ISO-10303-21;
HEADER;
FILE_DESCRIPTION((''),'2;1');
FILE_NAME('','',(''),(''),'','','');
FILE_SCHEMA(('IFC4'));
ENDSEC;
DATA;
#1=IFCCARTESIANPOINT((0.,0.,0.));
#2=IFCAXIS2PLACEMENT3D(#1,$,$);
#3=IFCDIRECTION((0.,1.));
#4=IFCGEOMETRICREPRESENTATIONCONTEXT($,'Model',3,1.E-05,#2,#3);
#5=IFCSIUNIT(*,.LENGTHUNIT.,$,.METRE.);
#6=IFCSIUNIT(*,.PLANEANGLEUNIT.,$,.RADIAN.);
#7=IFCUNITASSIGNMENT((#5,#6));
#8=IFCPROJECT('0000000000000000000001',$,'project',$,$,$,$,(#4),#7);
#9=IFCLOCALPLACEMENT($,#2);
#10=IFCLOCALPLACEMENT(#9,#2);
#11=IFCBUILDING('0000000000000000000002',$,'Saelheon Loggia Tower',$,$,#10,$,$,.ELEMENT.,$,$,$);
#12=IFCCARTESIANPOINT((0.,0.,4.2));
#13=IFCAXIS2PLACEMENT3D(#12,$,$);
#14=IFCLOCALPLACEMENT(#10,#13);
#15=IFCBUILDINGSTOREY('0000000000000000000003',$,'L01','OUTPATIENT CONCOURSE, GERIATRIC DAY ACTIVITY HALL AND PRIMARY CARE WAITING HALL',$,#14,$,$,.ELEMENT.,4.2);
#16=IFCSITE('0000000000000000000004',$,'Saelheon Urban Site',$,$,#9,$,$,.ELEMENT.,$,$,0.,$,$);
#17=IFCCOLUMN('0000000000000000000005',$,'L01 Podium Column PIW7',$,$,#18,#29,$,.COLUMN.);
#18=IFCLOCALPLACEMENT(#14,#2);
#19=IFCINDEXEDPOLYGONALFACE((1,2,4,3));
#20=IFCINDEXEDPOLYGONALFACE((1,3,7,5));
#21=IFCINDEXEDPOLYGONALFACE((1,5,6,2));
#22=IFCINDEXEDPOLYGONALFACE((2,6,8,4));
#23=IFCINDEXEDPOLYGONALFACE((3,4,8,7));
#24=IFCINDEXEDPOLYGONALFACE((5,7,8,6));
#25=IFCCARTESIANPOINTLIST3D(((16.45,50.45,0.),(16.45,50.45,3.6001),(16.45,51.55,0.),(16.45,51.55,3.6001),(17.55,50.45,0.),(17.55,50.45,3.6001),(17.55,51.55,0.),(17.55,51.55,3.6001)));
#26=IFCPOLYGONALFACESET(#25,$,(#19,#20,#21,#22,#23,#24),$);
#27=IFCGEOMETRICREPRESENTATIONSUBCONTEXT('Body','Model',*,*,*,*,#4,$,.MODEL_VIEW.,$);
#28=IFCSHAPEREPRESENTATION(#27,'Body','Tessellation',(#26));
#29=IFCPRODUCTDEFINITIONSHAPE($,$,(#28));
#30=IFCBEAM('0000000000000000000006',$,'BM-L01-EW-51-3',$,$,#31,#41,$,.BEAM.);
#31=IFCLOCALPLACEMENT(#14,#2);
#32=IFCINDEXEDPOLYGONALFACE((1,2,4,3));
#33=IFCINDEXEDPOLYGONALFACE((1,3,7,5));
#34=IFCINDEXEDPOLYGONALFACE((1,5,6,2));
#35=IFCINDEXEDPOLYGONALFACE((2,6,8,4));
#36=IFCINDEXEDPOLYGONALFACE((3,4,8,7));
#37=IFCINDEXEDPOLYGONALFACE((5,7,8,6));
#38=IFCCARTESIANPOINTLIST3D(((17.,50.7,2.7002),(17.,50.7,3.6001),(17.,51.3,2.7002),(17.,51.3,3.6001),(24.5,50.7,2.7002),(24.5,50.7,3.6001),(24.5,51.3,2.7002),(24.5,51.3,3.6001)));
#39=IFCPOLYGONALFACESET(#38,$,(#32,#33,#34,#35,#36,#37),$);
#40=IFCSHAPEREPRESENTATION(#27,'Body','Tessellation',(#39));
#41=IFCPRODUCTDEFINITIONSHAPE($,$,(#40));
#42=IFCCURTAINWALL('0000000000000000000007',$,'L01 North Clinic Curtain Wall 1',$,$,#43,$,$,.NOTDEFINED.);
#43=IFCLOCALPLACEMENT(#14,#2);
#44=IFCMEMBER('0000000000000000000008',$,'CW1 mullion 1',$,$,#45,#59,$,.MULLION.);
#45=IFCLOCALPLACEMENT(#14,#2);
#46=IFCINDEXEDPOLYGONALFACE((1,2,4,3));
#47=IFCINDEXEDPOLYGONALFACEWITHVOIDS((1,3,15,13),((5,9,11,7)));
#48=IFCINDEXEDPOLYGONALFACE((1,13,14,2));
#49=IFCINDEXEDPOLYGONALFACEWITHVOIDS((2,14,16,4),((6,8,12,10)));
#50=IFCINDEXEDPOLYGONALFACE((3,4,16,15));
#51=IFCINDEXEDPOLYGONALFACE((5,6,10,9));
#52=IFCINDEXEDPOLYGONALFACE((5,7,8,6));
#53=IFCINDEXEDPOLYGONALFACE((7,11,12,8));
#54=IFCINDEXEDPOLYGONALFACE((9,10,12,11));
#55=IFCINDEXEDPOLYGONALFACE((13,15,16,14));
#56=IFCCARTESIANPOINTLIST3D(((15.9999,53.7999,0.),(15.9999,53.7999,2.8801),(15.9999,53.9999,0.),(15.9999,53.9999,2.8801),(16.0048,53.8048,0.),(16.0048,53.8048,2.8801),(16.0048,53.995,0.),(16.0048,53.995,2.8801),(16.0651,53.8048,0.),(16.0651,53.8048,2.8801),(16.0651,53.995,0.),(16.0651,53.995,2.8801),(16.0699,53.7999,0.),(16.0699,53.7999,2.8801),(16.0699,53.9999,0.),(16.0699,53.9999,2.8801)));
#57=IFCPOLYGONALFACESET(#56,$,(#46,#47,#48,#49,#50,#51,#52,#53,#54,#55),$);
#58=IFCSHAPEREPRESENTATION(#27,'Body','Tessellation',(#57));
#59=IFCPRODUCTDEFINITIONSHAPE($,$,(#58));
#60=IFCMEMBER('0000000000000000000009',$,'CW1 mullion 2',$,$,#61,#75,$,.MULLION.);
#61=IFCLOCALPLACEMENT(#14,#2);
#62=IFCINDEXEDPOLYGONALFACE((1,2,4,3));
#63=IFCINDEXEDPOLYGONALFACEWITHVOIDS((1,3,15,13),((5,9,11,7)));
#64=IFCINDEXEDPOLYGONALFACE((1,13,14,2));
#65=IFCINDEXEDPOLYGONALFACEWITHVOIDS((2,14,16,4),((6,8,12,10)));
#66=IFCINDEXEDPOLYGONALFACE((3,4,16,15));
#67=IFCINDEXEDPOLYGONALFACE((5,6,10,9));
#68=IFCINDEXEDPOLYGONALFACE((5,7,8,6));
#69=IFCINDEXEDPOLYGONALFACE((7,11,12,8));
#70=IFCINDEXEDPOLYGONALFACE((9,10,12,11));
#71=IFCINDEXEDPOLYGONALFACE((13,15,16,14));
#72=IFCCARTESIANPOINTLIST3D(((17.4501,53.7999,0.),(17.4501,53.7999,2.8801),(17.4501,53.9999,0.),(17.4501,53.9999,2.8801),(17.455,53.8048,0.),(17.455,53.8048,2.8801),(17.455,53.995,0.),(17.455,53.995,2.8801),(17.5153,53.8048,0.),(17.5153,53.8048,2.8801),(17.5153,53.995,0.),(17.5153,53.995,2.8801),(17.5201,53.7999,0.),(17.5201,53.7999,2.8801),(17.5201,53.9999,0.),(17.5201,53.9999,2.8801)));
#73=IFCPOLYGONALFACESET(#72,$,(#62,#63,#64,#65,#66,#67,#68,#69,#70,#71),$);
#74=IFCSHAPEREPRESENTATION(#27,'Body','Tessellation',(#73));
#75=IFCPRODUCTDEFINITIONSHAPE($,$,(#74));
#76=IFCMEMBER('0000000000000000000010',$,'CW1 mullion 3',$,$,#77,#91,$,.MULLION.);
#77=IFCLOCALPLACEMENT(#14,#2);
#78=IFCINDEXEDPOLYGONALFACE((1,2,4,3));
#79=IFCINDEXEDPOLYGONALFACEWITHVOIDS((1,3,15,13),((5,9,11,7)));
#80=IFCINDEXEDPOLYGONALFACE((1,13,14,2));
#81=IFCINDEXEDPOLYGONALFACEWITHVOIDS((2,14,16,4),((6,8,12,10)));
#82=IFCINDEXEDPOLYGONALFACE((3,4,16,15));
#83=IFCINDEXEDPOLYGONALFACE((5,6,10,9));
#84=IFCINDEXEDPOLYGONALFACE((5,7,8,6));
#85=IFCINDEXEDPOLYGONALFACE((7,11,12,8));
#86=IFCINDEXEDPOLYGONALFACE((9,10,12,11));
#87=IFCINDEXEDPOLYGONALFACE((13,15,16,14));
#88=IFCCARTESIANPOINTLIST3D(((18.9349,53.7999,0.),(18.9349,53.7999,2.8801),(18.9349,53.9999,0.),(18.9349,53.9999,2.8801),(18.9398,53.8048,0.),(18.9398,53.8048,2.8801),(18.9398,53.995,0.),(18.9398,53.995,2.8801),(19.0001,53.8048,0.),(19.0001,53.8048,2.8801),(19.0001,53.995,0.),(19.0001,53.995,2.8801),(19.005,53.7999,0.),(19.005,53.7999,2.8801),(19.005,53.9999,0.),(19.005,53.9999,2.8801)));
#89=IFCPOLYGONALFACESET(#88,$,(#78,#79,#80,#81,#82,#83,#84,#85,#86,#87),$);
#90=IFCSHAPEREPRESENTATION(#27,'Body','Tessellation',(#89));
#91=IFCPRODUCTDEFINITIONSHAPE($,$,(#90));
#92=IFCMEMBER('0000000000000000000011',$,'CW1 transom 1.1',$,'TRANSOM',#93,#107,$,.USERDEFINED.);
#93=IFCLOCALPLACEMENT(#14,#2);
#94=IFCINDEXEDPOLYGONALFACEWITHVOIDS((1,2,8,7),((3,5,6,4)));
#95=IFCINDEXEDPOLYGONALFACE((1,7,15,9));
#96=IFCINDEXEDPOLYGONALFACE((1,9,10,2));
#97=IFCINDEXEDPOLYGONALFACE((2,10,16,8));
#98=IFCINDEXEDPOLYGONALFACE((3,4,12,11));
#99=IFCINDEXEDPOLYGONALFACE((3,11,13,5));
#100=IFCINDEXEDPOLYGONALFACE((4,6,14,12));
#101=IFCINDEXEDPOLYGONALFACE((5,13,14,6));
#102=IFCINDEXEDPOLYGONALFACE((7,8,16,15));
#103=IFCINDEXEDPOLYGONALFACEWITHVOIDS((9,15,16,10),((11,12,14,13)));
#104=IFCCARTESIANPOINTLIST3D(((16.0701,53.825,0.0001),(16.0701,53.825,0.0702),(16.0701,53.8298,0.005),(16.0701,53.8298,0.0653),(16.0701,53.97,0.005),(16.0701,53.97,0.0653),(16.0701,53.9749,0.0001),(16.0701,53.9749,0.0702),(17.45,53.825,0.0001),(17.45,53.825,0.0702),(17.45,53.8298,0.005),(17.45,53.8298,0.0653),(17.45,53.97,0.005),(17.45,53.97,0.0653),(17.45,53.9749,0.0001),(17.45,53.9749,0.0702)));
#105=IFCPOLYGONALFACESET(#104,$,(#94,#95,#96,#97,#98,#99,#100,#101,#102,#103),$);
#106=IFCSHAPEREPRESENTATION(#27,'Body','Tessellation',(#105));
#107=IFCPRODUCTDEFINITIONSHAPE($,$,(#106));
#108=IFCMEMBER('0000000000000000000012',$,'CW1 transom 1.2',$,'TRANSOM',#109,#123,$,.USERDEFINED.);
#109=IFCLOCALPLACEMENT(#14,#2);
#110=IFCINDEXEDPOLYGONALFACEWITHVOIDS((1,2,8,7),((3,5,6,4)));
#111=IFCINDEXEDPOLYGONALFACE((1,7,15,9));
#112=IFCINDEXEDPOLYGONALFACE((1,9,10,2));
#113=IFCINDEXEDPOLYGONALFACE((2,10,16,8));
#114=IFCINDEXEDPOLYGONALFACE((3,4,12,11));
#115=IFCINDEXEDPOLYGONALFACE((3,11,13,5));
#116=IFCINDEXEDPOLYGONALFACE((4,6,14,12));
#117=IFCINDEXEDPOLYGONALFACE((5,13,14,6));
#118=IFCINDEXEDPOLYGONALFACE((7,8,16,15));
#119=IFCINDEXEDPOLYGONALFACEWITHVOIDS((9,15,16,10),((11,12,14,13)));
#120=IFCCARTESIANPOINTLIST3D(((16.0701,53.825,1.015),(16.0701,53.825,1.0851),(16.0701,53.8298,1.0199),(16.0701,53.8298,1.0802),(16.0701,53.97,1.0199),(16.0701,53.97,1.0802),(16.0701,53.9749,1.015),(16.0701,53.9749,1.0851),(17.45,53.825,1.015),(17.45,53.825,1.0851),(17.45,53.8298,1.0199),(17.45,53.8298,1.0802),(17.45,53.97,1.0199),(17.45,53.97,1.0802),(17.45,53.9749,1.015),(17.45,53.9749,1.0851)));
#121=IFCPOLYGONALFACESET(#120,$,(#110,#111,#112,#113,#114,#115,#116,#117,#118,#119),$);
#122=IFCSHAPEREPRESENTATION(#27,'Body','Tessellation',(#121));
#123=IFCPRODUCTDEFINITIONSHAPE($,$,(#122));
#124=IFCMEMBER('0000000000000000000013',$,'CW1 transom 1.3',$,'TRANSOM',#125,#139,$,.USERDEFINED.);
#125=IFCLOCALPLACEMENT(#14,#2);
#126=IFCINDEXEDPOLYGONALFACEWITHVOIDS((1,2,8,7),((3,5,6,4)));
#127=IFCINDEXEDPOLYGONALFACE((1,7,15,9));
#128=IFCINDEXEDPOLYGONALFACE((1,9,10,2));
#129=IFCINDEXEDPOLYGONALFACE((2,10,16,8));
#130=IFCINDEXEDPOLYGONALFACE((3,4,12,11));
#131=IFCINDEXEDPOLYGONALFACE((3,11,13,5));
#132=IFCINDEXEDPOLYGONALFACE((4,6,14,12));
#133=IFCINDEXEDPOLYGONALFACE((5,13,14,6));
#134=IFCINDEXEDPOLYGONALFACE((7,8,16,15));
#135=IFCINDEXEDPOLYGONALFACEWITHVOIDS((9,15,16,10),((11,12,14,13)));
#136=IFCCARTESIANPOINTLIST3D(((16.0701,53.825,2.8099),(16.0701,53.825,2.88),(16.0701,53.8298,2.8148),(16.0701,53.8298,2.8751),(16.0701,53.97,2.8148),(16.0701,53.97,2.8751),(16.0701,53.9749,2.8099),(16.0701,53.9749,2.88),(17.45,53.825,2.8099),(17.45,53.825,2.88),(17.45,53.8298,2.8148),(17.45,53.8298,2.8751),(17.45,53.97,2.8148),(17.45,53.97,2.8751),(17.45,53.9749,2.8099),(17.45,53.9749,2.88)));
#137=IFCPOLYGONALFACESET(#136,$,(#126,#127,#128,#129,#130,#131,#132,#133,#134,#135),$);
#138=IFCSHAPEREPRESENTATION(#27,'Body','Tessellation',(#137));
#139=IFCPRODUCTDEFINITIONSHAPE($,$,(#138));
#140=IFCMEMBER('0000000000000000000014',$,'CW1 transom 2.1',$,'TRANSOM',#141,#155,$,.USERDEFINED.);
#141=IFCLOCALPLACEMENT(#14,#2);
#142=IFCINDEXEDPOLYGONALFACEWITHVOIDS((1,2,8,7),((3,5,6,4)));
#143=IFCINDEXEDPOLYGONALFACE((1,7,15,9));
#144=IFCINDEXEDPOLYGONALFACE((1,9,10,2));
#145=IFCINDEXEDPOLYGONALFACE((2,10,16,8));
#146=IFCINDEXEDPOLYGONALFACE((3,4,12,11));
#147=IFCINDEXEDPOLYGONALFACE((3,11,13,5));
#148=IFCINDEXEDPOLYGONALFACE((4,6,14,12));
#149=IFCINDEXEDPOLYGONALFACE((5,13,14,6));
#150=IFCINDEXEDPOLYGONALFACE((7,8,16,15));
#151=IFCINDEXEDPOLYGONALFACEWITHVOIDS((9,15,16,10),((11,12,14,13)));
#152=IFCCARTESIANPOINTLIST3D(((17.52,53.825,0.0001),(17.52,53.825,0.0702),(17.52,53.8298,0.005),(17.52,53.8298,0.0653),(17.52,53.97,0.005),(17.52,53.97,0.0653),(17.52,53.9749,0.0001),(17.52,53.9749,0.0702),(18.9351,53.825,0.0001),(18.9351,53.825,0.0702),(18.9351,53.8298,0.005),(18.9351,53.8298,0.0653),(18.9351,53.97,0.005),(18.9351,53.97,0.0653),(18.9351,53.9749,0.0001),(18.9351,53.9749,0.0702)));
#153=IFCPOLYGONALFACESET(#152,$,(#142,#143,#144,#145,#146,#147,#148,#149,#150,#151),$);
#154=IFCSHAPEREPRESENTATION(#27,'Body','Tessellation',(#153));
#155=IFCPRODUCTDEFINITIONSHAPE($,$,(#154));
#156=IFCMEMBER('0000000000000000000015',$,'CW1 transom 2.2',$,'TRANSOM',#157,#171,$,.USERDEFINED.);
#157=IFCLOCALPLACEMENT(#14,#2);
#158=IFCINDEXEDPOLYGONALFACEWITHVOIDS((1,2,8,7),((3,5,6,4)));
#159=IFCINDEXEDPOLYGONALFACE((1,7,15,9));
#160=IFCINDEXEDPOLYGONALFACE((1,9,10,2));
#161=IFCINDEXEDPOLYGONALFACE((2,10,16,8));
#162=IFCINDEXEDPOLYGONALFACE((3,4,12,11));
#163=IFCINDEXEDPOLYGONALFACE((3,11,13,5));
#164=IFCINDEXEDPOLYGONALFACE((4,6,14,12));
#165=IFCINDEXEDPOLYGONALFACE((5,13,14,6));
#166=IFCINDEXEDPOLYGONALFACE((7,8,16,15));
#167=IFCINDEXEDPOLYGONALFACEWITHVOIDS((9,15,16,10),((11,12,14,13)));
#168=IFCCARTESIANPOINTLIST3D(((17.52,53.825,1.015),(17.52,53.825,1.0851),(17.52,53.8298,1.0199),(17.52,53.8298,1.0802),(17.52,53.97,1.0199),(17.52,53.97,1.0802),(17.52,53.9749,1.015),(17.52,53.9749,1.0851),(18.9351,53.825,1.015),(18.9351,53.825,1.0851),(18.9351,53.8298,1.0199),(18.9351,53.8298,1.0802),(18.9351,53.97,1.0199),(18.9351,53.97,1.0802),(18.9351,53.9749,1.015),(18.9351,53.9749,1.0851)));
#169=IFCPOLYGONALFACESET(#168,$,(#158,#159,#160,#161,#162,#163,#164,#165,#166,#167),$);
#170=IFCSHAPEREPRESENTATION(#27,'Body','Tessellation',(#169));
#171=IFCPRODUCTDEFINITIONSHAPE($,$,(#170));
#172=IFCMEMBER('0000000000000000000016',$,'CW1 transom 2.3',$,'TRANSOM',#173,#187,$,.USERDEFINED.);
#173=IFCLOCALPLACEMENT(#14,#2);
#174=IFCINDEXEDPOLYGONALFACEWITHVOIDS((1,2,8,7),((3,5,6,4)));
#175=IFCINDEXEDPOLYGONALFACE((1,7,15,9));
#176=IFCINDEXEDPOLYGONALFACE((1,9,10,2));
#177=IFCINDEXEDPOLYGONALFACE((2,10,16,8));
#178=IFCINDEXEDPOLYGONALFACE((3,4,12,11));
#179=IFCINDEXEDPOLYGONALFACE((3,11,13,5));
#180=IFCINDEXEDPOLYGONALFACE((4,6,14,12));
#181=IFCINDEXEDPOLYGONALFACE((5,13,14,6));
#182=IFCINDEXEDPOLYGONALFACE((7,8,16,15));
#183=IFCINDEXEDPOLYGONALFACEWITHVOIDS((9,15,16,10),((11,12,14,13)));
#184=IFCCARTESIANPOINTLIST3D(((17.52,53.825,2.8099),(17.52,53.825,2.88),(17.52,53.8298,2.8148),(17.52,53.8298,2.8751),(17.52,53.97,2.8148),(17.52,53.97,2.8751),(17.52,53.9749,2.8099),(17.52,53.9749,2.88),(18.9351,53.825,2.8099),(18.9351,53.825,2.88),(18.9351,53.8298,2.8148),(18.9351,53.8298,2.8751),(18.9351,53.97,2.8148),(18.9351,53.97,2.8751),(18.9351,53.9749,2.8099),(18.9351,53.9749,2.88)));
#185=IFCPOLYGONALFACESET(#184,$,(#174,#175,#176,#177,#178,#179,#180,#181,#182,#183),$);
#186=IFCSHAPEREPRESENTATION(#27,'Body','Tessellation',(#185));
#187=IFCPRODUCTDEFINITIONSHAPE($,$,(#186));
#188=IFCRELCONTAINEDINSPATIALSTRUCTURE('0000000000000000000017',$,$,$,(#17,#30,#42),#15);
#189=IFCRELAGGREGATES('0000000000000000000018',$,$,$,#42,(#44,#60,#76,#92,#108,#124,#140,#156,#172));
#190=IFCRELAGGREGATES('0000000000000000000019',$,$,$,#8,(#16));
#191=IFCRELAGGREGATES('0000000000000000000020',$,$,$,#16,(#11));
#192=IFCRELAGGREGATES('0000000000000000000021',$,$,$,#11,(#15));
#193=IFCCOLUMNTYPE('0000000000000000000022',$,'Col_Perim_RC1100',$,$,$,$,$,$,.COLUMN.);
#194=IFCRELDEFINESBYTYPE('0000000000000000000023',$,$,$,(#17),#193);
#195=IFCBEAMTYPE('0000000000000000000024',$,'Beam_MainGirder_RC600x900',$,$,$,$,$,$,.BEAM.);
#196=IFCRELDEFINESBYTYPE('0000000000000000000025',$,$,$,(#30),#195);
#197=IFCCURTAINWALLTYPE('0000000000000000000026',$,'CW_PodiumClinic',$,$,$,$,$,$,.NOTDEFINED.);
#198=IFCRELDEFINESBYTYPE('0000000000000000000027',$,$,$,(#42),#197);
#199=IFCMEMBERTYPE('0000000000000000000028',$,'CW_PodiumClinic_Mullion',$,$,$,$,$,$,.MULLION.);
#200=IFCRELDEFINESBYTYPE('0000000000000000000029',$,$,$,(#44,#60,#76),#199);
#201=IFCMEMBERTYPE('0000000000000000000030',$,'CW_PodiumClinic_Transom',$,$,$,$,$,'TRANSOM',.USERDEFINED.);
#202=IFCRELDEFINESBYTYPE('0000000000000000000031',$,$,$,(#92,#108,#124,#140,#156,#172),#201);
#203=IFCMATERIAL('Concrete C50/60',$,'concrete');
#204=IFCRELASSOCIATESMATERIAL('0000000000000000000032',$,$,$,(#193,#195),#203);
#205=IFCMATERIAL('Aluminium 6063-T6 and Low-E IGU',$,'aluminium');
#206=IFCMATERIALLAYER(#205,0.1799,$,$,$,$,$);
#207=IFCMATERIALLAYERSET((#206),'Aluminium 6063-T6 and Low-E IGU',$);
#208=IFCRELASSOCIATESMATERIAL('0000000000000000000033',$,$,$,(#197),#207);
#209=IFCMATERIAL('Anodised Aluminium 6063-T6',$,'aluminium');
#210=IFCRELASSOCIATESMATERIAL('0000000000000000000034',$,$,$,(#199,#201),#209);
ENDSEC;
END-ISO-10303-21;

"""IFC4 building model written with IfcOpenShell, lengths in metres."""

from ifc_helpers import new_model, si_unit, direction, frame, origin, origin_2d, place, context, subcontext, project, spatial, rectangle, hollow_rectangle, extrude, source, transform, mapped, material, layer, layer_set, material_profile, profile_set, type_object, element, aggregate, save


model = new_model("IFC4")

# Units and contexts
model_context = context("Model", 3, precision=1e-05, world=origin(), true_north=direction((0.0, 1.0)))
body_context = subcontext(model_context, "Body", "Model", "MODEL_VIEW")
ifc_project = project(units=[si_unit("LENGTHUNIT", "METRE"), si_unit("PLANEANGLEUNIT", "RADIAN")], contexts=[model_context])

# Site, building, storey
site_placement = place(None, origin())
site = spatial("IfcSite", under=ifc_project, at=site_placement, Name="Saelheon Urban Site", CompositionType="ELEMENT", RefElevation=0.0)
building_placement = place(site_placement, origin())
building = spatial("IfcBuilding", under=site, at=building_placement, Name="Saelheon Loggia Tower", CompositionType="ELEMENT")
storey_placement = place(building_placement, frame((0.0, 0.0, 4.2)))
storey = spatial("IfcBuildingStorey", under=building, at=storey_placement, Name="L01", Description="OUTPATIENT CONCOURSE, GERIATRIC DAY ACTIVITY HALL AND PRIMARY CARE WAITING HALL", CompositionType="ELEMENT", Elevation=4.2)

# Column
ifc_material_1 = material(Name="Concrete C50/60", Category="concrete")
ifc_material_profile_1 = material_profile(ifc_material_1, rectangle(XDim=1.1001, YDim=1.1001, at=origin_2d()), Name="RC-1100x1100")
ifc_profile_set_1 = profile_set([ifc_material_profile_1], Name="Concrete C50/60")
column_type = type_object("IfcColumnType", Name="Col_Perim_RC1100", PredefinedType="COLUMN", material=ifc_profile_set_1)
shared_shape_1 = source(origin(), body_context, "Body", "SweptSolid", [
    extrude(rectangle(XDim=1.1001, YDim=1.1001, at=origin_2d()), origin(), (0.0, 0.0, 1.0), 3.6001),
])
column_placement = place(storey_placement, frame((17.0, 51.0, 0.0), z_axis=(0.0, 0.0, 1.0), x_axis=(1.0, 0.0, 0.0)))
element("IfcColumn", 1, at=column_placement, inside=storey, type_object=column_type, Name="L01 Podium Column PIW7", PredefinedType="COLUMN", context=body_context, shape_type="MappedRepresentation", body=[
    mapped(shared_shape_1, transform((0.0, 0.0, 0.0), scale=1.0)),
])

# Beam
ifc_material_profile_2 = material_profile(ifc_material_1, rectangle(XDim=0.6001, YDim=0.8999, at=origin_2d()), Name="RC-600x900")
ifc_profile_set_2 = profile_set([ifc_material_profile_2], Name="Concrete C50/60")
beam_type = type_object("IfcBeamType", Name="Beam_MainGirder_RC600x900", PredefinedType="BEAM", material=ifc_profile_set_2)
shared_shape_2 = source(origin(), body_context, "Body", "SweptSolid", [
    extrude(rectangle(XDim=0.6001, YDim=0.8999, at=origin_2d()), origin(), (0.0, 0.0, 1.0), 7.5),
])
beam_placement = place(storey_placement, frame((17.0, 51.0, 3.1501), z_axis=(1.0, 0.0, 0.0), x_axis=(0.0, 1.0, 0.0)))
element("IfcBeam", 2, at=beam_placement, inside=storey, type_object=beam_type, Name="BM-L01-EW-51-3", PredefinedType="BEAM", context=body_context, shape_type="MappedRepresentation", body=[
    mapped(shared_shape_2, transform((0.0, 0.0, 0.0), scale=1.0)),
])

# Curtain wall, members
ifc_material_2 = material(Name="Aluminium 6063-T6 and Low-E IGU", Category="aluminium")
ifc_layer_1 = layer(ifc_material_2, 0.1799)
ifc_layer_set_1 = layer_set([ifc_layer_1], Name="Aluminium 6063-T6 and Low-E IGU")
curtain_wall_type = type_object("IfcCurtainWallType", Name="CW_PodiumClinic", PredefinedType="NOTDEFINED", material=ifc_layer_set_1)
curtain_wall_placement = place(storey_placement, origin())
curtain_wall = element("IfcCurtainWall", 3, at=curtain_wall_placement, inside=storey, type_object=curtain_wall_type, Name="L01 North Clinic Curtain Wall 1", PredefinedType="NOTDEFINED")
ifc_material_3 = material(Name="Anodised Aluminium 6063-T6", Category="aluminium")
ifc_material_profile_3 = material_profile(ifc_material_3, hollow_rectangle(XDim=0.0701, YDim=0.2, WallThickness=0.0049, at=origin_2d()), Name="RHS-200x70x5")
ifc_profile_set_3 = profile_set([ifc_material_profile_3], Name="Anodised Aluminium 6063-T6")
member_type_1 = type_object("IfcMemberType", Name="CW_PodiumClinic_Mullion", PredefinedType="MULLION", material=ifc_profile_set_3)
shared_shape_3 = source(origin(), body_context, "Body", "SweptSolid", [
    extrude(hollow_rectangle(XDim=0.0701, YDim=0.2, WallThickness=0.0049, at=origin_2d()), origin(), (0.0, 0.0, 1.0), 2.8801),
])
member_1_placement = place(storey_placement, frame((16.0349, 53.8999, 0.0), z_axis=(0.0, 0.0, 1.0), x_axis=(1.0, 0.0, 0.0)))
member_1 = element("IfcMember", 4, at=member_1_placement, type_object=member_type_1, Name="CW1 mullion 1", PredefinedType="MULLION", context=body_context, shape_type="MappedRepresentation", body=[
    mapped(shared_shape_3, transform((0.0, 0.0, 0.0), scale=1.0)),
])
member_2_placement = place(storey_placement, frame((17.4851, 53.8999, 0.0), z_axis=(0.0, 0.0, 1.0), x_axis=(1.0, 0.0, 0.0)))
member_2 = element("IfcMember", 5, at=member_2_placement, type_object=member_type_1, Name="CW1 mullion 2", PredefinedType="MULLION", context=body_context, shape_type="MappedRepresentation", body=[
    mapped(shared_shape_3, transform((0.0, 0.0, 0.0), scale=1.0)),
])
member_3_placement = place(storey_placement, frame((18.97, 53.8999, 0.0), z_axis=(0.0, 0.0, 1.0), x_axis=(1.0, 0.0, 0.0)))
member_3 = element("IfcMember", 6, at=member_3_placement, type_object=member_type_1, Name="CW1 mullion 3", PredefinedType="MULLION", context=body_context, shape_type="MappedRepresentation", body=[
    mapped(shared_shape_3, transform((0.0, 0.0, 0.0), scale=1.0)),
])
ifc_material_profile_4 = material_profile(ifc_material_3, hollow_rectangle(XDim=0.0701, YDim=0.1499, WallThickness=0.0049, at=origin_2d()), Name="RHS-150x70x5")
ifc_profile_set_4 = profile_set([ifc_material_profile_4], Name="Anodised Aluminium 6063-T6")
member_type_2 = type_object("IfcMemberType", Name="CW_PodiumClinic_Transom", ElementType="TRANSOM", PredefinedType="USERDEFINED", material=ifc_profile_set_4)
shared_shape_4 = source(origin(), body_context, "Body", "SweptSolid", [
    extrude(hollow_rectangle(XDim=0.0701, YDim=0.1499, WallThickness=0.0049, at=origin_2d()), origin(), (0.0, 0.0, 1.0), 1.3799),
])
member_4_placement = place(storey_placement, frame((16.0701, 53.8999, 0.0352), z_axis=(1.0, 0.0, 0.0), x_axis=(0.0, 0.0, 1.0)))
member_4 = element("IfcMember", 7, at=member_4_placement, type_object=member_type_2, Name="CW1 transom 1.1", ObjectType="TRANSOM", PredefinedType="USERDEFINED", context=body_context, shape_type="MappedRepresentation", body=[
    mapped(shared_shape_4, transform((0.0, 0.0, 0.0), scale=1.0)),
])
member_5_placement = place(storey_placement, frame((16.0701, 53.8999, 1.05), z_axis=(1.0, 0.0, 0.0), x_axis=(0.0, 0.0, 1.0)))
member_5 = element("IfcMember", 8, at=member_5_placement, type_object=member_type_2, Name="CW1 transom 1.2", ObjectType="TRANSOM", PredefinedType="USERDEFINED", context=body_context, shape_type="MappedRepresentation", body=[
    mapped(shared_shape_4, transform((0.0, 0.0, 0.0), scale=1.0)),
])
member_6_placement = place(storey_placement, frame((16.0701, 53.8999, 2.845), z_axis=(1.0, 0.0, 0.0), x_axis=(0.0, 0.0, 1.0)))
member_6 = element("IfcMember", 9, at=member_6_placement, type_object=member_type_2, Name="CW1 transom 1.3", ObjectType="TRANSOM", PredefinedType="USERDEFINED", context=body_context, shape_type="MappedRepresentation", body=[
    mapped(shared_shape_4, transform((0.0, 0.0, 0.0), scale=1.0)),
])
shared_shape_5 = source(origin(), body_context, "Body", "SweptSolid", [
    extrude(hollow_rectangle(XDim=0.0701, YDim=0.1499, WallThickness=0.0049, at=origin_2d()), origin(), (0.0, 0.0, 1.0), 1.415),
])
member_7_placement = place(storey_placement, frame((17.52, 53.8999, 0.0352), z_axis=(1.0, 0.0, 0.0), x_axis=(0.0, 0.0, 1.0)))
member_7 = element("IfcMember", 10, at=member_7_placement, type_object=member_type_2, Name="CW1 transom 2.1", ObjectType="TRANSOM", PredefinedType="USERDEFINED", context=body_context, shape_type="MappedRepresentation", body=[
    mapped(shared_shape_5, transform((0.0, 0.0, 0.0), scale=1.0)),
])
member_8_placement = place(storey_placement, frame((17.52, 53.8999, 1.05), z_axis=(1.0, 0.0, 0.0), x_axis=(0.0, 0.0, 1.0)))
member_8 = element("IfcMember", 11, at=member_8_placement, type_object=member_type_2, Name="CW1 transom 2.2", ObjectType="TRANSOM", PredefinedType="USERDEFINED", context=body_context, shape_type="MappedRepresentation", body=[
    mapped(shared_shape_5, transform((0.0, 0.0, 0.0), scale=1.0)),
])
member_9_placement = place(storey_placement, frame((17.52, 53.8999, 2.845), z_axis=(1.0, 0.0, 0.0), x_axis=(0.0, 0.0, 1.0)))
member_9 = element("IfcMember", 12, at=member_9_placement, type_object=member_type_2, Name="CW1 transom 2.3", ObjectType="TRANSOM", PredefinedType="USERDEFINED", context=body_context, shape_type="MappedRepresentation", body=[
    mapped(shared_shape_5, transform((0.0, 0.0, 0.0), scale=1.0)),
])
aggregate(curtain_wall, [member_1, member_2, member_3, member_4, member_5, member_6, member_7, member_8, member_9])

save(model, "model.ifc")
